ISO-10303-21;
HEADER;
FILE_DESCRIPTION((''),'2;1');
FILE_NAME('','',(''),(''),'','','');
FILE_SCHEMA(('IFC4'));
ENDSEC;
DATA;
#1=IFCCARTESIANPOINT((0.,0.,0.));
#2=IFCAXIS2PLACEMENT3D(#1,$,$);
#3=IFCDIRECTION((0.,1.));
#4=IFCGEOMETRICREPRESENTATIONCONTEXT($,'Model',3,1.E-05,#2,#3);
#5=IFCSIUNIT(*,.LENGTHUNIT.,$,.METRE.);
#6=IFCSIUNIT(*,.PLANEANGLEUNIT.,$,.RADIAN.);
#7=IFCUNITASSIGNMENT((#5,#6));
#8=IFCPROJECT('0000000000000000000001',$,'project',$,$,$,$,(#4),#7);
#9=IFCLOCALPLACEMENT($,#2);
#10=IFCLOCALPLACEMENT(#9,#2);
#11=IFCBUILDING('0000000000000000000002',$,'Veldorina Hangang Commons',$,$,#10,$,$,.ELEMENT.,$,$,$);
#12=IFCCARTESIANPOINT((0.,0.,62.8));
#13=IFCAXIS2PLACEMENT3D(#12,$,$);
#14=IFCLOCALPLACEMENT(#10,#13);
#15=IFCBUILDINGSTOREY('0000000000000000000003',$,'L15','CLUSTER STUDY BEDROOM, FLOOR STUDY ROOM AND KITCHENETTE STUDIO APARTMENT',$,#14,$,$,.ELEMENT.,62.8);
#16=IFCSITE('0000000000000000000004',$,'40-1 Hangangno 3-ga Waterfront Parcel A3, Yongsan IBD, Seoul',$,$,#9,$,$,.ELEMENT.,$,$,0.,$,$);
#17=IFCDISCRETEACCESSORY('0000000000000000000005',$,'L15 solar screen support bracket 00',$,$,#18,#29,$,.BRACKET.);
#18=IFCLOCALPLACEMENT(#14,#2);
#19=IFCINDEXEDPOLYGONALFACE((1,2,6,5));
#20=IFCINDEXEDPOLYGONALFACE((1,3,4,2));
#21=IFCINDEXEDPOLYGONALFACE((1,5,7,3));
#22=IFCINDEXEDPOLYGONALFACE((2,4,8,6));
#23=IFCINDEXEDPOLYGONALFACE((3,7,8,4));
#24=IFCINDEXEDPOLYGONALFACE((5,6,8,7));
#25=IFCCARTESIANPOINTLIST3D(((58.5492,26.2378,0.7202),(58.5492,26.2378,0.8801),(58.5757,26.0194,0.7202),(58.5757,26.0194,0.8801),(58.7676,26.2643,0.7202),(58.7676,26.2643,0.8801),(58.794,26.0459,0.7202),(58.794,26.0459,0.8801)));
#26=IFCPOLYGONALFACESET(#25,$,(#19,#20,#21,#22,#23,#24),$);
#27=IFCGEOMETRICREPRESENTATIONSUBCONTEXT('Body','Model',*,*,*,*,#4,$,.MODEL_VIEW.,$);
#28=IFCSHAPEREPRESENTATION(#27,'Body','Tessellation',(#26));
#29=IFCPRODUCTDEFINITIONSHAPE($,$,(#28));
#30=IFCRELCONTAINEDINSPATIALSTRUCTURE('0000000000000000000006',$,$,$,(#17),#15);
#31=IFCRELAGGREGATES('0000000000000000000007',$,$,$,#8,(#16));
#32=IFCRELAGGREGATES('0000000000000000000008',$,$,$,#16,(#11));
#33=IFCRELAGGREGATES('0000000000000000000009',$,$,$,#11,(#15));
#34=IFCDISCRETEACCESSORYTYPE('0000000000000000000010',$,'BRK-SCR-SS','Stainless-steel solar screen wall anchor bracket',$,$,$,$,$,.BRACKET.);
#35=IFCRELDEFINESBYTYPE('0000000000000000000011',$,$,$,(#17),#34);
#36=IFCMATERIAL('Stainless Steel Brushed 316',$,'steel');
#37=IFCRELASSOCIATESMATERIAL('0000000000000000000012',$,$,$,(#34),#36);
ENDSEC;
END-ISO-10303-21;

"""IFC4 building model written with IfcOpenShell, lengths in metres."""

from ifc_helpers import new_model, si_unit, direction, frame, origin, origin_2d, place, context, subcontext, project, spatial, rectangle, extrude, material, type_object, element, save


model = new_model("IFC4")

# Units and contexts
model_context = context("Model", 3, precision=1e-05, world=origin(), true_north=direction((0.0, 1.0)))
body_context = subcontext(model_context, "Body", "Model", "MODEL_VIEW")
ifc_project = project(units=[si_unit("LENGTHUNIT", "METRE"), si_unit("PLANEANGLEUNIT", "RADIAN")], contexts=[model_context])

# Site, building, storey
site_placement = place(None, origin())
site = spatial("IfcSite", under=ifc_project, at=site_placement, Name="40-1 Hangangno 3-ga Waterfront Parcel A3, Yongsan IBD, Seoul", CompositionType="ELEMENT", RefElevation=0.0)
building_placement = place(site_placement, origin())
building = spatial("IfcBuilding", under=site, at=building_placement, Name="Veldorina Hangang Commons", CompositionType="ELEMENT")
storey_placement = place(building_placement, frame((0.0, 0.0, 62.8)))
storey = spatial("IfcBuildingStorey", under=building, at=storey_placement, Name="L15", Description="CLUSTER STUDY BEDROOM, FLOOR STUDY ROOM AND KITCHENETTE STUDIO APARTMENT", CompositionType="ELEMENT", Elevation=62.8)

# Discrete accessory
ifc_material_1 = material(Name="Stainless Steel Brushed 316", Category="steel")
discrete_accessory_type = type_object("IfcDiscreteAccessoryType", Name="BRK-SCR-SS", Description="Stainless-steel solar screen wall anchor bracket", PredefinedType="BRACKET", material=ifc_material_1)
discrete_accessory_placement = place(storey_placement, frame((58.6716, 26.1418, 0.7202), z_axis=(0.0, 0.0, 1.0), x_axis=(-0.120189, 0.992751, 0.0)))
element("IfcDiscreteAccessory", 1, at=discrete_accessory_placement, inside=storey, type_object=discrete_accessory_type, Name="L15 solar screen support bracket 00", PredefinedType="BRACKET", context=body_context, shape_type="SweptSolid", body=[
    extrude(rectangle(XDim=0.22, YDim=0.22, at=origin_2d()), origin(), (0.0, 0.0, 1.0), 0.1599),
])

save(model, "model.ifc")
